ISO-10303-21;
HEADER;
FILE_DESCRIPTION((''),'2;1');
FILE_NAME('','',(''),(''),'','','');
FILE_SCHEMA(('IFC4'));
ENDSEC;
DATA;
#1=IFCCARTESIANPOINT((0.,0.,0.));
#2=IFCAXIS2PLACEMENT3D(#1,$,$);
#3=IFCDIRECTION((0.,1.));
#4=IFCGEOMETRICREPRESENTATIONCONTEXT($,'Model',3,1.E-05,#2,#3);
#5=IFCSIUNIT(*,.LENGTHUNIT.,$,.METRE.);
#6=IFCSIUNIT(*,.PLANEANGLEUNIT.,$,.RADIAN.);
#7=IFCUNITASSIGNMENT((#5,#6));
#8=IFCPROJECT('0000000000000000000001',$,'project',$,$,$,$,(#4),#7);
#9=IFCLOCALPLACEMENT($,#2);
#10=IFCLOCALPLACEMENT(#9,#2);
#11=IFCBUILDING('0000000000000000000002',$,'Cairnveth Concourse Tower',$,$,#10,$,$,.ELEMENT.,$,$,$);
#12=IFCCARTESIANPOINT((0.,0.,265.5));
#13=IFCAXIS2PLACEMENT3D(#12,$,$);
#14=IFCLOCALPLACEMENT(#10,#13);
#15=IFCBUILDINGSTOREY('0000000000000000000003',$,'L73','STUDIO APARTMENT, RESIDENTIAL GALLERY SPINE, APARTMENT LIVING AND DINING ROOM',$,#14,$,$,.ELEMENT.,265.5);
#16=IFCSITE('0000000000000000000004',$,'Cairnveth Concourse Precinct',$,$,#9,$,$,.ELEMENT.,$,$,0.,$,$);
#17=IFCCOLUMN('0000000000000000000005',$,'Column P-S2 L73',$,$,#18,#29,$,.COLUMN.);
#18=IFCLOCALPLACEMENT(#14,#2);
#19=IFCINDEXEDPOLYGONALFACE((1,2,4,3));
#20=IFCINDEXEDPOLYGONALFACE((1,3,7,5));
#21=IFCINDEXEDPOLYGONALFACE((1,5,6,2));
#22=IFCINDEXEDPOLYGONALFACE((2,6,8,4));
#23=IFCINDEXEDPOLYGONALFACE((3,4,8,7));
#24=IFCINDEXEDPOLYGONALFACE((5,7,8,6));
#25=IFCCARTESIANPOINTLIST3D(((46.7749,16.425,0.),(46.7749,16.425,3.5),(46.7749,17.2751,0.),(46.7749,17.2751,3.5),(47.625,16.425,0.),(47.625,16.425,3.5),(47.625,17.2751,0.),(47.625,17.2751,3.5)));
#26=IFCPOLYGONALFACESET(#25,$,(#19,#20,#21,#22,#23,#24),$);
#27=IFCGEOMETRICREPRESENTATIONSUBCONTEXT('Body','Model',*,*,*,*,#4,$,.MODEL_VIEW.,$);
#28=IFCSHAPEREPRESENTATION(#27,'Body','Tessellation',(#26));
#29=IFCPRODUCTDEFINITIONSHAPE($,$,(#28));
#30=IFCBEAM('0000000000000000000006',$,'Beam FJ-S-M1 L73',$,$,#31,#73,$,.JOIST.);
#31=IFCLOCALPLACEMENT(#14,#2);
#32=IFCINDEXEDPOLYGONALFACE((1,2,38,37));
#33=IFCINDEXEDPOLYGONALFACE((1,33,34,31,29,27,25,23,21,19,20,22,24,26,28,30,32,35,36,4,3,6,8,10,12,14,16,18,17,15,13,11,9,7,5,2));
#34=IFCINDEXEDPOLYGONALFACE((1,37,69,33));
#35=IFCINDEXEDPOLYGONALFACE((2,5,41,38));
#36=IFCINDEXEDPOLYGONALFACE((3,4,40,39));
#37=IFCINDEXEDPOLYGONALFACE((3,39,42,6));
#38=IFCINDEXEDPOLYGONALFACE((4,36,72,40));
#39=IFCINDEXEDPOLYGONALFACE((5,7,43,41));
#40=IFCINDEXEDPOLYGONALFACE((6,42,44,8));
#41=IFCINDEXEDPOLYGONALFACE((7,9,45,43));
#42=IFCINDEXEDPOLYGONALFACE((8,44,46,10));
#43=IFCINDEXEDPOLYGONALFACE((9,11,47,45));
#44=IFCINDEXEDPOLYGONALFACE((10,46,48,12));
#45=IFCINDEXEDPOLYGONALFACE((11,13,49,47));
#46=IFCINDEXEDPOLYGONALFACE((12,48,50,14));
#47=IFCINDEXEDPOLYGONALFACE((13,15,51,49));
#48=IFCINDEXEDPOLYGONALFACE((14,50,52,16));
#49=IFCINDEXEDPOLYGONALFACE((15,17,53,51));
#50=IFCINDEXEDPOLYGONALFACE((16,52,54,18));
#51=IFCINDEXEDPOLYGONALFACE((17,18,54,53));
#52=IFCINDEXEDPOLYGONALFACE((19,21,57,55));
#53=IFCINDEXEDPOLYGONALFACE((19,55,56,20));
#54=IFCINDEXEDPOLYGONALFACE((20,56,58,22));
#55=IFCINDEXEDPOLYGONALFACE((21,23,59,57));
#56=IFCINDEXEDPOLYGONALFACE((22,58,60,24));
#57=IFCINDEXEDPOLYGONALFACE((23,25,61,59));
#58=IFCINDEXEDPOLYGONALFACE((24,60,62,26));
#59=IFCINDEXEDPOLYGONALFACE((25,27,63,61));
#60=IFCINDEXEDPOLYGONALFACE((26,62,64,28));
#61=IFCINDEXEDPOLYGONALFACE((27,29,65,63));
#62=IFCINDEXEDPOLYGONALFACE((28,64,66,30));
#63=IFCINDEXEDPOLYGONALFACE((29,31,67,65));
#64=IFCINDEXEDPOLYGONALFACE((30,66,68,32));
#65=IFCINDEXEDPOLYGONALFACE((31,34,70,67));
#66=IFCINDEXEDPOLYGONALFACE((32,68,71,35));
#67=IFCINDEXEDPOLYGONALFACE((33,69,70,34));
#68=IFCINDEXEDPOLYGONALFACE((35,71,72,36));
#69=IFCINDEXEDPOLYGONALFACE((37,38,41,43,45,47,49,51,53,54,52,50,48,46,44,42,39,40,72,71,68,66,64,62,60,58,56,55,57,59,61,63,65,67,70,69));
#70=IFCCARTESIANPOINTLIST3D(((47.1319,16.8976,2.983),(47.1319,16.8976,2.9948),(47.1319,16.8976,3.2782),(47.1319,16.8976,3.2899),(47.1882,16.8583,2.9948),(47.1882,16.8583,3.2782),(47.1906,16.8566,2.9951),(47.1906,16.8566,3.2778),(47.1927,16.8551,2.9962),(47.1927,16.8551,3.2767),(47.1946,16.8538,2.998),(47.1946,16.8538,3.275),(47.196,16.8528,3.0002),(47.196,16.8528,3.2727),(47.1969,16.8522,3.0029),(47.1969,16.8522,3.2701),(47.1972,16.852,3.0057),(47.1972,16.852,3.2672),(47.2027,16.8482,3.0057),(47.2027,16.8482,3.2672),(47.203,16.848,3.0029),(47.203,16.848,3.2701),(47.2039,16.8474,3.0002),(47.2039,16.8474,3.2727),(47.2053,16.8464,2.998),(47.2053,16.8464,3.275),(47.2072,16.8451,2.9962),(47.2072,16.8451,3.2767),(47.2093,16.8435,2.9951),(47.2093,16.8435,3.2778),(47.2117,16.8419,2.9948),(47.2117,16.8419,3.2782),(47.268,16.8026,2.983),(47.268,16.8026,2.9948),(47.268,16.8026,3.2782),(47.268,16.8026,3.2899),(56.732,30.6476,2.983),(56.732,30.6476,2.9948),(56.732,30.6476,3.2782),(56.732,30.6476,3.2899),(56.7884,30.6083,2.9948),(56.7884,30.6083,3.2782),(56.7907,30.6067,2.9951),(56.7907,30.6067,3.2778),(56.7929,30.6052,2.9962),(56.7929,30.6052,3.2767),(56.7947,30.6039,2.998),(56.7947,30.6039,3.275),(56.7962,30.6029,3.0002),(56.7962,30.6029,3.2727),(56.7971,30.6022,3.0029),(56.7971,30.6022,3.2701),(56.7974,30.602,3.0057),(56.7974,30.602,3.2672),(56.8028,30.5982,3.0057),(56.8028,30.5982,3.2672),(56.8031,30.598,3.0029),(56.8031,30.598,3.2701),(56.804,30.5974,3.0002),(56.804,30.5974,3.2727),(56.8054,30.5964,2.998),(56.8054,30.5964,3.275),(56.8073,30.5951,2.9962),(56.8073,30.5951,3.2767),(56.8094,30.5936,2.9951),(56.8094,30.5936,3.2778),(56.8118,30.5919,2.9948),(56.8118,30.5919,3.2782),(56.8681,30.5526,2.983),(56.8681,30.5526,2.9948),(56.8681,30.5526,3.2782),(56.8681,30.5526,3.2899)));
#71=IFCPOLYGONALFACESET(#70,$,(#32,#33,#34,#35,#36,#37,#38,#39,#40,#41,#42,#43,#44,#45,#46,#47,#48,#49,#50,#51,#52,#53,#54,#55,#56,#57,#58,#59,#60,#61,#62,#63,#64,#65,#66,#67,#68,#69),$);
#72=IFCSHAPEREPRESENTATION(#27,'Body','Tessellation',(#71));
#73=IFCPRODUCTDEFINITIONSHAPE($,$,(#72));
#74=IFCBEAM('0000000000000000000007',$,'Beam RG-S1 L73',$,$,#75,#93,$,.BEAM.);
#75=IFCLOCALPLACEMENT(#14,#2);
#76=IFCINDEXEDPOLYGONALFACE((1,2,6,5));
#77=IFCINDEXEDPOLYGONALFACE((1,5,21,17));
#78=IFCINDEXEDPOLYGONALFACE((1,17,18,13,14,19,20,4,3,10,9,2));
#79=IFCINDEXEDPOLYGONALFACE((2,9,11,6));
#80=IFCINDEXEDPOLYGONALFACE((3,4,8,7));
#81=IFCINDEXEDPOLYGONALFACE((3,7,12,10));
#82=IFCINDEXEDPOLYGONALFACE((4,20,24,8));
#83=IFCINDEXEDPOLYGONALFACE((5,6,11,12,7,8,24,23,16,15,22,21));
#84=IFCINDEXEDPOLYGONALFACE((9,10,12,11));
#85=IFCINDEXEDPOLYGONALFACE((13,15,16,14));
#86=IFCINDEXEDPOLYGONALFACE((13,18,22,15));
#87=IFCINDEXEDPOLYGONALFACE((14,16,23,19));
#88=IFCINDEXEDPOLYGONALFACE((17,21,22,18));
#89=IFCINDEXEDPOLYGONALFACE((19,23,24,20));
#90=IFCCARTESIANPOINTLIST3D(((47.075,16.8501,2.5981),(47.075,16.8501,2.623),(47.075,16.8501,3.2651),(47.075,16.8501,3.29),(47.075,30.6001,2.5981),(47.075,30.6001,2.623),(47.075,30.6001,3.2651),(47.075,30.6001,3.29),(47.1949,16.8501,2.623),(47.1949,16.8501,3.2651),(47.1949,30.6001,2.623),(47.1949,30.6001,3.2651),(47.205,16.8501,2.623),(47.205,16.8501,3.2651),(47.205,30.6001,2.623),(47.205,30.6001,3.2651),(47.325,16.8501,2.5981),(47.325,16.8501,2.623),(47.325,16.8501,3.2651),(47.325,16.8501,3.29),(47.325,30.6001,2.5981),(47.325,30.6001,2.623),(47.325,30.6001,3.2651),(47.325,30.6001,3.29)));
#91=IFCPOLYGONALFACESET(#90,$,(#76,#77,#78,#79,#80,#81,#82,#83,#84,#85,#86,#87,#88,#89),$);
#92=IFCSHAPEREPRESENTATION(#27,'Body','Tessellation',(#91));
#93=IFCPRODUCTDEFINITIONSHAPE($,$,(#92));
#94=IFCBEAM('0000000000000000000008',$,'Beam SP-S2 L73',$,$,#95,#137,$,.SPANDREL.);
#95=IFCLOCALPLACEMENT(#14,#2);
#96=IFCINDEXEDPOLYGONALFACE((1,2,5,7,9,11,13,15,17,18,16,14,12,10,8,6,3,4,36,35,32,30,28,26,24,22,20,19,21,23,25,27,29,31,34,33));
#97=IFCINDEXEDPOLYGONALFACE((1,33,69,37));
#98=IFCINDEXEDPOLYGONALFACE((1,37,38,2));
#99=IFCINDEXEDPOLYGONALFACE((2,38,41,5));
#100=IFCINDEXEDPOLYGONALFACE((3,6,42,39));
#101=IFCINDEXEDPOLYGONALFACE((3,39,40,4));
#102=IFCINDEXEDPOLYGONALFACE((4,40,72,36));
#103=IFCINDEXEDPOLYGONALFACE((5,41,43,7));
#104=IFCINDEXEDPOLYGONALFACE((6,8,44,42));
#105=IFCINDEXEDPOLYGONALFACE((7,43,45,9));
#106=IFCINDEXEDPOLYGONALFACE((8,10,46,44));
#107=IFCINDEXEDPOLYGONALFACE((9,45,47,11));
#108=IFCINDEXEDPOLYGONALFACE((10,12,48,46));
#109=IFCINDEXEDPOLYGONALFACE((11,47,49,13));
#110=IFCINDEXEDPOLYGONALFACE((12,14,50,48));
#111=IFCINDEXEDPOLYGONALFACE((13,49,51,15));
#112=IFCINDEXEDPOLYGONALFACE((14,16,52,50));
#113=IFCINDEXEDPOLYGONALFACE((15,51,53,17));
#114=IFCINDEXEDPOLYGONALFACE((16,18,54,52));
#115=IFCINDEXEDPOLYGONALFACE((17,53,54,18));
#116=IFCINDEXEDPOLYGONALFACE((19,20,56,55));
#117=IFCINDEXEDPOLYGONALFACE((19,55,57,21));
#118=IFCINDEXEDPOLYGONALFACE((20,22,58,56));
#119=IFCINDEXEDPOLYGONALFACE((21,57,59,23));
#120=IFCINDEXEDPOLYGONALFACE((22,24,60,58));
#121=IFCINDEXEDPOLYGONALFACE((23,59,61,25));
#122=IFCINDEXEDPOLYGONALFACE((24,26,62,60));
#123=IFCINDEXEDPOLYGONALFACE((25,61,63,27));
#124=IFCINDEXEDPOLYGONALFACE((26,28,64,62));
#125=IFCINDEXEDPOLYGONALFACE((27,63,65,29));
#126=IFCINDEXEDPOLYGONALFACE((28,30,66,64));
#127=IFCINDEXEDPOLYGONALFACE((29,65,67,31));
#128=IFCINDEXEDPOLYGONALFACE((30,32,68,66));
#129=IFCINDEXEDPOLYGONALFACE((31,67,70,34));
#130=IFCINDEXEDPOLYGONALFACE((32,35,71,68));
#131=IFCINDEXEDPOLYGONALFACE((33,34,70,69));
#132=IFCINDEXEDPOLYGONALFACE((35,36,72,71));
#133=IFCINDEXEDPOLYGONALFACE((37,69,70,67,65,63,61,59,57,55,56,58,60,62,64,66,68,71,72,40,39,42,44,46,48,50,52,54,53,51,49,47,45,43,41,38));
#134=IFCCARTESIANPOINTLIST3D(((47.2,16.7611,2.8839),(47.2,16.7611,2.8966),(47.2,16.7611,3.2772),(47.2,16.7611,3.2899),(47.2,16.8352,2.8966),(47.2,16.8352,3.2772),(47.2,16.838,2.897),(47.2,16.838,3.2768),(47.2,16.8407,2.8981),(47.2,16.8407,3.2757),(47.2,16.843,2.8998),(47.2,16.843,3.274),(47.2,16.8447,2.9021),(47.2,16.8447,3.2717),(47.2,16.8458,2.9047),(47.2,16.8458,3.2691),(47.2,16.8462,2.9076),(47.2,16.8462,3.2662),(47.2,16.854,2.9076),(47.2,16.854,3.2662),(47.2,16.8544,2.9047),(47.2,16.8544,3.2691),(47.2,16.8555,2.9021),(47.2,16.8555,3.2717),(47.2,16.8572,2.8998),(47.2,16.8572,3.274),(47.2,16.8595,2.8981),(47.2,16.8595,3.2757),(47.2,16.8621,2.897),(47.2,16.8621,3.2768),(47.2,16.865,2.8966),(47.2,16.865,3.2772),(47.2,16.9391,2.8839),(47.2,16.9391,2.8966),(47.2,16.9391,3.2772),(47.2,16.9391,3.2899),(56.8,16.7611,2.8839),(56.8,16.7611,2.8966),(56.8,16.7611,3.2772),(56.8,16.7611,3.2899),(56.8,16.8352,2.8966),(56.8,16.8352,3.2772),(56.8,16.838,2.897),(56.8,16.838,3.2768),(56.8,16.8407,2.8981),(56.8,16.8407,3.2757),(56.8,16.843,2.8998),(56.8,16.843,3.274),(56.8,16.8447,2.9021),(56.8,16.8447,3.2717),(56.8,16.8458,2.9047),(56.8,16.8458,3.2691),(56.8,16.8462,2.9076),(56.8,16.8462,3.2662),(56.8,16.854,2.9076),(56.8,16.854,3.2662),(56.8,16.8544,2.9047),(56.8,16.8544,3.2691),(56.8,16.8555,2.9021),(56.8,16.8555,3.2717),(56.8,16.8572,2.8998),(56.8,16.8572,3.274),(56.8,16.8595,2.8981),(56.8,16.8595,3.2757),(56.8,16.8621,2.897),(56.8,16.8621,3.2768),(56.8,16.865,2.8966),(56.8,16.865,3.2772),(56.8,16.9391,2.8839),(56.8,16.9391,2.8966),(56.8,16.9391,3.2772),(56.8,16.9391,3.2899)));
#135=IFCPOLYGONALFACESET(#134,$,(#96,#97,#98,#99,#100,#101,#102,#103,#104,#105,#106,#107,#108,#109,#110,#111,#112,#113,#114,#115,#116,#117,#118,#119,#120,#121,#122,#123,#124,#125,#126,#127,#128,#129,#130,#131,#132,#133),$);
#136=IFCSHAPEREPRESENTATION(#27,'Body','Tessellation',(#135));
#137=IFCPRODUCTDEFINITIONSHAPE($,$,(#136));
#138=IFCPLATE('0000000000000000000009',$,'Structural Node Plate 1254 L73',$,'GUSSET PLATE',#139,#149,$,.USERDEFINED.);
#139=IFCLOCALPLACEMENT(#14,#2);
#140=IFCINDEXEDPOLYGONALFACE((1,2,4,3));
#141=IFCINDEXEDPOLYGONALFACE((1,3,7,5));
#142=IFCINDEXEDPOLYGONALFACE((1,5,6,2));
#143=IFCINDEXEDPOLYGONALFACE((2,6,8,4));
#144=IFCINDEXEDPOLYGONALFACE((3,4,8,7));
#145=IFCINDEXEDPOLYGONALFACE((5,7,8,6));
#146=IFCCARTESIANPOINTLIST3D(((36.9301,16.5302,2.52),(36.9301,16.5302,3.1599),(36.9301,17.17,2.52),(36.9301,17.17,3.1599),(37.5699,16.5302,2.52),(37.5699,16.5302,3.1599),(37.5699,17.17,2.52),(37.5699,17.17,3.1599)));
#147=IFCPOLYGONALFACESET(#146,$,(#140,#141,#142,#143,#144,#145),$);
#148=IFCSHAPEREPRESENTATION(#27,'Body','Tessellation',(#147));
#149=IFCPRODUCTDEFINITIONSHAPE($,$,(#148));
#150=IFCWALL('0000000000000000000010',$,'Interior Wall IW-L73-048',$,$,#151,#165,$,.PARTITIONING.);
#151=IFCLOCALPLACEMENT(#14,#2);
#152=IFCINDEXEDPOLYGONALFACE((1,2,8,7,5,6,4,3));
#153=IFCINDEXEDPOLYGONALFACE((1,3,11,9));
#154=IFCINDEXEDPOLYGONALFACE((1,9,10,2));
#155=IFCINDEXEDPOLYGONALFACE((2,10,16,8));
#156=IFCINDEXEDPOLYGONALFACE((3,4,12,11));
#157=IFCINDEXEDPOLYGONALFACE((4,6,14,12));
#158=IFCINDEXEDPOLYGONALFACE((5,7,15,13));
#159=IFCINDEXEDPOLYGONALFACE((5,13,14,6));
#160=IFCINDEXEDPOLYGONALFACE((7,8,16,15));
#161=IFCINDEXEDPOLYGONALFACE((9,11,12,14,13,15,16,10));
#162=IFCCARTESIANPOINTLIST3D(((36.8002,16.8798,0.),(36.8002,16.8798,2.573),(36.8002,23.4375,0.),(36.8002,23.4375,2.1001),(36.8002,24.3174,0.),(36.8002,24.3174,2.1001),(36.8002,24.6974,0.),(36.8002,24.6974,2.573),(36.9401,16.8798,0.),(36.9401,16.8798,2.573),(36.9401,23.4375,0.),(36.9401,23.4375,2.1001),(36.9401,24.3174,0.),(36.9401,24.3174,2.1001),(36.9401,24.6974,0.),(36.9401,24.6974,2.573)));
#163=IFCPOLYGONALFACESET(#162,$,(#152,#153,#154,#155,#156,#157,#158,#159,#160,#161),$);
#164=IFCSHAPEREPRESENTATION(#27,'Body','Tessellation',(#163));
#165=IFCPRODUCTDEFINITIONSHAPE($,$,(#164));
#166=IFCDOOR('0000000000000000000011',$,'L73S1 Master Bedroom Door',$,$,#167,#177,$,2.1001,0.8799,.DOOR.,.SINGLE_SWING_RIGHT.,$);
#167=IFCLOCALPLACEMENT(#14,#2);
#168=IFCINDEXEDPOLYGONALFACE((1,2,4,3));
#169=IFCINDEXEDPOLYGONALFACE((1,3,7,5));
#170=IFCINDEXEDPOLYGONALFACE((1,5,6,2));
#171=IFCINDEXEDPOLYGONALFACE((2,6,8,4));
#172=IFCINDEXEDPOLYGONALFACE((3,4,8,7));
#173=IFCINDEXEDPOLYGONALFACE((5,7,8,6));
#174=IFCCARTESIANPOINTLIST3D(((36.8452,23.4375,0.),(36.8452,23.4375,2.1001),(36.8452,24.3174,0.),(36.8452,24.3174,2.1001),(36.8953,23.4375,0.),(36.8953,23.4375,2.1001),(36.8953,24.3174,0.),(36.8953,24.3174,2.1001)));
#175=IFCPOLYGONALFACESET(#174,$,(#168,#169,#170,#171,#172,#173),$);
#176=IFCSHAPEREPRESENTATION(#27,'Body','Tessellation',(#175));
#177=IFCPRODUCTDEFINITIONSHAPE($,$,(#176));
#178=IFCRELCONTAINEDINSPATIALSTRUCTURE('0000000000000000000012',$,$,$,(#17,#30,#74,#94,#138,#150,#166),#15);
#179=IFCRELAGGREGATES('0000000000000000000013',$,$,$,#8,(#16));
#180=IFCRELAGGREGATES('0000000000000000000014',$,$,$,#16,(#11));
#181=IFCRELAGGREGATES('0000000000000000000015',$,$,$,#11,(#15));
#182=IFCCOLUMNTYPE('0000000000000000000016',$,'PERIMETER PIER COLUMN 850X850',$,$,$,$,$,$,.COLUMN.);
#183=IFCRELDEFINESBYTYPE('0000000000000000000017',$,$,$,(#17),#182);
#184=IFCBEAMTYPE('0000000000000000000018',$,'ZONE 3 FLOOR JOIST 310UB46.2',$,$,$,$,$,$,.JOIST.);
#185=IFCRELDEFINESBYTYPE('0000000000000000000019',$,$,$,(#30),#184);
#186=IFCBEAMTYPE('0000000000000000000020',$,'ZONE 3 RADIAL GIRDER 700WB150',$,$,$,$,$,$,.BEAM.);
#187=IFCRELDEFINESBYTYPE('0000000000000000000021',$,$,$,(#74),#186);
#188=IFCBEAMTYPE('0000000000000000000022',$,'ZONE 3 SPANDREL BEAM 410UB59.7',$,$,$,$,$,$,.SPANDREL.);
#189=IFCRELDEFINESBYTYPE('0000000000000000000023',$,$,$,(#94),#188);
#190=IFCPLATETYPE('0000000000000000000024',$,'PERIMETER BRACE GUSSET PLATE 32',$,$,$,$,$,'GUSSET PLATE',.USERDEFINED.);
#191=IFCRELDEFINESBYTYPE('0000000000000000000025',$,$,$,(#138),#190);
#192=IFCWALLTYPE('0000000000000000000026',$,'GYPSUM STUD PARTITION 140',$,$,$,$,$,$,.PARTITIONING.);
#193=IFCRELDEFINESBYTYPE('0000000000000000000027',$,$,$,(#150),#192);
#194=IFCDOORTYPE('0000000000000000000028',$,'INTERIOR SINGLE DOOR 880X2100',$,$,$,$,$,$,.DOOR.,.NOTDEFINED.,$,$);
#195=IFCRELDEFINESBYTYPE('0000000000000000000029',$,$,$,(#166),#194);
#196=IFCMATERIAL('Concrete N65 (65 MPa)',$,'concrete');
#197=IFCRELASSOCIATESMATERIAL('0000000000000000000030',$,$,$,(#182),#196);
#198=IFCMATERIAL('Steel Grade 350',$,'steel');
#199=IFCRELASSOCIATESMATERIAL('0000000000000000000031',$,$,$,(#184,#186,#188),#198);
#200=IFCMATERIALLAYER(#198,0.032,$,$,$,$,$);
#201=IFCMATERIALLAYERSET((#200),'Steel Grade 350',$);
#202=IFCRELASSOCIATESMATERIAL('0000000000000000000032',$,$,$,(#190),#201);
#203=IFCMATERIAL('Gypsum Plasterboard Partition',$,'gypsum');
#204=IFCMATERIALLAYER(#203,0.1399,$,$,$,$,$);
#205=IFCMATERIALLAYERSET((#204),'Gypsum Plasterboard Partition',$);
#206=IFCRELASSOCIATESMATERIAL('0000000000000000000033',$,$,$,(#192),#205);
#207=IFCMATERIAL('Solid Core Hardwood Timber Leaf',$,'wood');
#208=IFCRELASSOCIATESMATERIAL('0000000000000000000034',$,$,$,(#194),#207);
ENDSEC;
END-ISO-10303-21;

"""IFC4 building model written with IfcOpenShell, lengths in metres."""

from ifc_helpers import new_model, si_unit, direction, frame, frame_2d, origin, origin_2d, place, context, subcontext, project, spatial, rectangle, i_section, extrude, material, layer, layer_set, material_profile, profile_set, type_object, element, fill, save


model = new_model("IFC4")

# Units and contexts
model_context = context("Model", 3, precision=1e-05, world=origin(), true_north=direction((0.0, 1.0)))
body_context = subcontext(model_context, "Body", "Model", "MODEL_VIEW")
ifc_project = project(units=[si_unit("LENGTHUNIT", "METRE"), si_unit("PLANEANGLEUNIT", "RADIAN")], contexts=[model_context])

# Site, building, storey
site_placement = place(None, origin())
site = spatial("IfcSite", under=ifc_project, at=site_placement, Name="Cairnveth Concourse Precinct", CompositionType="ELEMENT", RefElevation=0.0)
building_placement = place(site_placement, origin())
building = spatial("IfcBuilding", under=site, at=building_placement, Name="Cairnveth Concourse Tower", CompositionType="ELEMENT")
storey_placement = place(building_placement, frame((0.0, 0.0, 265.5)))
storey = spatial("IfcBuildingStorey", under=building, at=storey_placement, Name="L73", Description="STUDIO APARTMENT, RESIDENTIAL GALLERY SPINE, APARTMENT LIVING AND DINING ROOM", CompositionType="ELEMENT", Elevation=265.5)

# Column
ifc_material_1 = material(Name="Concrete N65 (65 MPa)", Category="concrete")
ifc_material_profile_1 = material_profile(ifc_material_1, rectangle(XDim=0.8501, YDim=0.8501, at=origin_2d()), Name="RC-COL-850x850")
ifc_profile_set_1 = profile_set([ifc_material_profile_1], Name="Concrete N65 (65 MPa)")
column_type = type_object("IfcColumnType", Name="PERIMETER PIER COLUMN 850X850", PredefinedType="COLUMN", material=ifc_profile_set_1)
column_placement = place(storey_placement, frame((47.2, 16.8501, 0.0), z_axis=(0.0, 0.0, 1.0), x_axis=(1.0, 0.0, 0.0)))
element("IfcColumn", 1, at=column_placement, inside=storey, type_object=column_type, Name="Column P-S2 L73", PredefinedType="COLUMN", context=body_context, shape_type="SweptSolid", body=[
    extrude(rectangle(XDim=0.8501, YDim=0.8501, at=origin_2d()), origin(), (0.0, 0.0, 1.0), 3.5),
])

# Beams
ifc_material_2 = material(Name="Steel Grade 350", Category="steel")
ifc_material_profile_2 = material_profile(ifc_material_2, i_section(OverallWidth=0.166, OverallDepth=0.3069, WebThickness=0.0066, FlangeThickness=0.0117, FilletRadius=0.011, at=origin_2d()), Name="310UB46.2")
ifc_profile_set_2 = profile_set([ifc_material_profile_2], Name="Steel Grade 350")
beam_type_1 = type_object("IfcBeamType", Name="ZONE 3 FLOOR JOIST 310UB46.2", PredefinedType="JOIST", material=ifc_profile_set_2)
beam_1_placement = place(storey_placement, frame((47.2, 16.8501, 3.1365), z_axis=(0.572465, 0.819929, 0.0), x_axis=(-0.819929, 0.572465, 0.0)))
element("IfcBeam", 2, at=beam_1_placement, inside=storey, type_object=beam_type_1, Name="Beam FJ-S-M1 L73", PredefinedType="JOIST", context=body_context, shape_type="SweptSolid", body=[
    extrude(i_section(OverallWidth=0.166, OverallDepth=0.3069, WebThickness=0.0066, FlangeThickness=0.0117, FilletRadius=0.011, at=origin_2d()), origin(), (0.0, 0.0, 1.0), 16.7698),
])
ifc_material_profile_3 = material_profile(ifc_material_2, i_section(OverallWidth=0.25, OverallDepth=0.6919, WebThickness=0.01, FlangeThickness=0.0249, at=origin_2d()), Name="700WB150")
ifc_profile_set_3 = profile_set([ifc_material_profile_3], Name="Steel Grade 350")
beam_type_2 = type_object("IfcBeamType", Name="ZONE 3 RADIAL GIRDER 700WB150", PredefinedType="BEAM", material=ifc_profile_set_3)
beam_2_placement = place(storey_placement, frame((47.2, 16.8501, 2.9441), z_axis=(0.0, 1.0, 0.0), x_axis=(-1.0, 0.0, 0.0)))
element("IfcBeam", 3, at=beam_2_placement, inside=storey, type_object=beam_type_2, Name="Beam RG-S1 L73", PredefinedType="BEAM", context=body_context, shape_type="SweptSolid", body=[
    extrude(i_section(OverallWidth=0.25, OverallDepth=0.6919, WebThickness=0.01, FlangeThickness=0.0249, at=origin_2d()), origin(), (0.0, 0.0, 1.0), 13.75),
])
ifc_material_profile_4 = material_profile(ifc_material_2, i_section(OverallWidth=0.178, OverallDepth=0.406, WebThickness=0.0078, FlangeThickness=0.0127, FilletRadius=0.011, at=origin_2d()), Name="410UB59.7")
ifc_profile_set_4 = profile_set([ifc_material_profile_4], Name="Steel Grade 350")
beam_type_3 = type_object("IfcBeamType", Name="ZONE 3 SPANDREL BEAM 410UB59.7", PredefinedType="SPANDREL", material=ifc_profile_set_4)
beam_3_placement = place(storey_placement, frame((47.2, 16.8501, 3.0869), z_axis=(1.0, 0.0, 0.0), x_axis=(0.0, 1.0, 0.0)))
element("IfcBeam", 4, at=beam_3_placement, inside=storey, type_object=beam_type_3, Name="Beam SP-S2 L73", PredefinedType="SPANDREL", context=body_context, shape_type="SweptSolid", body=[
    extrude(i_section(OverallWidth=0.178, OverallDepth=0.406, WebThickness=0.0078, FlangeThickness=0.0127, FilletRadius=0.011, at=origin_2d()), origin(), (0.0, 0.0, 1.0), 9.6001),
])

# Plate
ifc_layer_1 = layer(ifc_material_2, 0.032)
ifc_layer_set_1 = layer_set([ifc_layer_1], Name="Steel Grade 350")
plate_type = type_object("IfcPlateType", Name="PERIMETER BRACE GUSSET PLATE 32", ElementType="GUSSET PLATE", PredefinedType="USERDEFINED", material=ifc_layer_set_1)
plate_placement = place(storey_placement, frame((37.25, 16.8501, 2.52), z_axis=(0.0, 0.0, 1.0), x_axis=(1.0, 0.0, 0.0)))
element("IfcPlate", 5, at=plate_placement, inside=storey, type_object=plate_type, Name="Structural Node Plate 1254 L73", ObjectType="GUSSET PLATE", PredefinedType="USERDEFINED", context=body_context, shape_type="SweptSolid", body=[
    extrude(rectangle(XDim=0.6399, YDim=0.6399, at=origin_2d()), origin(), (0.0, 0.0, 1.0), 0.6399),
])

# Wall, opening, door
ifc_material_3 = material(Name="Gypsum Plasterboard Partition", Category="gypsum")
ifc_layer_2 = layer(ifc_material_3, 0.1399)
ifc_layer_set_2 = layer_set([ifc_layer_2], Name="Gypsum Plasterboard Partition")
wall_type_1 = type_object("IfcWallType", Name="GYPSUM STUD PARTITION 140", PredefinedType="PARTITIONING", material=ifc_layer_set_2)
wall_1_placement = place(storey_placement, frame((36.8701, 16.8799, 0.0), z_axis=(0.0, 0.0, 1.0), x_axis=(0.0, 1.0, 0.0)))
wall_1 = element("IfcWall", 6, at=wall_1_placement, inside=storey, type_object=wall_type_1, Name="Interior Wall IW-L73-048", PredefinedType="PARTITIONING", context=body_context, shape_type="SweptSolid", body=[
    extrude(rectangle(XDim=7.8176, YDim=0.1399, at=frame_2d((3.9087, 0.0))), origin(), (0.0, 0.0, 1.0), 2.573),
])
opening_1_placement = place(wall_1_placement, frame((6.5576, 0.0, 0.0)))
opening_1 = element("IfcOpeningElement", 7, at=opening_1_placement, cuts=wall_1, PredefinedType="OPENING", context=body_context, shape_type="SweptSolid", body=[
    extrude(rectangle(XDim=0.8799, YDim=2.1001, at=frame_2d((0.4399, 1.05))), frame((0.0, 0.0798, 0.0), z_axis=(0.0, -1.0, 0.0), x_axis=(1.0, 0.0, 0.0)), (0.0, 0.0, 1.0), 0.1599),
])
ifc_material_4 = material(Name="Solid Core Hardwood Timber Leaf", Category="wood")
door_type_1 = type_object("IfcDoorType", Name="INTERIOR SINGLE DOOR 880X2100", OperationType="NOTDEFINED", PredefinedType="DOOR", material=ifc_material_4)
door_1_placement = place(opening_1_placement, origin())
door_1 = element("IfcDoor", 8, at=door_1_placement, inside=storey, type_object=door_type_1, Name="L73S1 Master Bedroom Door", OperationType="SINGLE_SWING_RIGHT", OverallHeight=2.1001, OverallWidth=0.8799, PredefinedType="DOOR", context=body_context, shape_type="SweptSolid", body=[
    extrude(rectangle(XDim=0.8799, YDim=2.1001, at=frame_2d((0.4399, 1.05))), frame((0.0, 0.0249, 0.0), z_axis=(0.0, -1.0, 0.0), x_axis=(1.0, 0.0, 0.0)), (0.0, 0.0, 1.0), 0.05),
])
fill(opening_1, door_1)

save(model, "model.ifc")
